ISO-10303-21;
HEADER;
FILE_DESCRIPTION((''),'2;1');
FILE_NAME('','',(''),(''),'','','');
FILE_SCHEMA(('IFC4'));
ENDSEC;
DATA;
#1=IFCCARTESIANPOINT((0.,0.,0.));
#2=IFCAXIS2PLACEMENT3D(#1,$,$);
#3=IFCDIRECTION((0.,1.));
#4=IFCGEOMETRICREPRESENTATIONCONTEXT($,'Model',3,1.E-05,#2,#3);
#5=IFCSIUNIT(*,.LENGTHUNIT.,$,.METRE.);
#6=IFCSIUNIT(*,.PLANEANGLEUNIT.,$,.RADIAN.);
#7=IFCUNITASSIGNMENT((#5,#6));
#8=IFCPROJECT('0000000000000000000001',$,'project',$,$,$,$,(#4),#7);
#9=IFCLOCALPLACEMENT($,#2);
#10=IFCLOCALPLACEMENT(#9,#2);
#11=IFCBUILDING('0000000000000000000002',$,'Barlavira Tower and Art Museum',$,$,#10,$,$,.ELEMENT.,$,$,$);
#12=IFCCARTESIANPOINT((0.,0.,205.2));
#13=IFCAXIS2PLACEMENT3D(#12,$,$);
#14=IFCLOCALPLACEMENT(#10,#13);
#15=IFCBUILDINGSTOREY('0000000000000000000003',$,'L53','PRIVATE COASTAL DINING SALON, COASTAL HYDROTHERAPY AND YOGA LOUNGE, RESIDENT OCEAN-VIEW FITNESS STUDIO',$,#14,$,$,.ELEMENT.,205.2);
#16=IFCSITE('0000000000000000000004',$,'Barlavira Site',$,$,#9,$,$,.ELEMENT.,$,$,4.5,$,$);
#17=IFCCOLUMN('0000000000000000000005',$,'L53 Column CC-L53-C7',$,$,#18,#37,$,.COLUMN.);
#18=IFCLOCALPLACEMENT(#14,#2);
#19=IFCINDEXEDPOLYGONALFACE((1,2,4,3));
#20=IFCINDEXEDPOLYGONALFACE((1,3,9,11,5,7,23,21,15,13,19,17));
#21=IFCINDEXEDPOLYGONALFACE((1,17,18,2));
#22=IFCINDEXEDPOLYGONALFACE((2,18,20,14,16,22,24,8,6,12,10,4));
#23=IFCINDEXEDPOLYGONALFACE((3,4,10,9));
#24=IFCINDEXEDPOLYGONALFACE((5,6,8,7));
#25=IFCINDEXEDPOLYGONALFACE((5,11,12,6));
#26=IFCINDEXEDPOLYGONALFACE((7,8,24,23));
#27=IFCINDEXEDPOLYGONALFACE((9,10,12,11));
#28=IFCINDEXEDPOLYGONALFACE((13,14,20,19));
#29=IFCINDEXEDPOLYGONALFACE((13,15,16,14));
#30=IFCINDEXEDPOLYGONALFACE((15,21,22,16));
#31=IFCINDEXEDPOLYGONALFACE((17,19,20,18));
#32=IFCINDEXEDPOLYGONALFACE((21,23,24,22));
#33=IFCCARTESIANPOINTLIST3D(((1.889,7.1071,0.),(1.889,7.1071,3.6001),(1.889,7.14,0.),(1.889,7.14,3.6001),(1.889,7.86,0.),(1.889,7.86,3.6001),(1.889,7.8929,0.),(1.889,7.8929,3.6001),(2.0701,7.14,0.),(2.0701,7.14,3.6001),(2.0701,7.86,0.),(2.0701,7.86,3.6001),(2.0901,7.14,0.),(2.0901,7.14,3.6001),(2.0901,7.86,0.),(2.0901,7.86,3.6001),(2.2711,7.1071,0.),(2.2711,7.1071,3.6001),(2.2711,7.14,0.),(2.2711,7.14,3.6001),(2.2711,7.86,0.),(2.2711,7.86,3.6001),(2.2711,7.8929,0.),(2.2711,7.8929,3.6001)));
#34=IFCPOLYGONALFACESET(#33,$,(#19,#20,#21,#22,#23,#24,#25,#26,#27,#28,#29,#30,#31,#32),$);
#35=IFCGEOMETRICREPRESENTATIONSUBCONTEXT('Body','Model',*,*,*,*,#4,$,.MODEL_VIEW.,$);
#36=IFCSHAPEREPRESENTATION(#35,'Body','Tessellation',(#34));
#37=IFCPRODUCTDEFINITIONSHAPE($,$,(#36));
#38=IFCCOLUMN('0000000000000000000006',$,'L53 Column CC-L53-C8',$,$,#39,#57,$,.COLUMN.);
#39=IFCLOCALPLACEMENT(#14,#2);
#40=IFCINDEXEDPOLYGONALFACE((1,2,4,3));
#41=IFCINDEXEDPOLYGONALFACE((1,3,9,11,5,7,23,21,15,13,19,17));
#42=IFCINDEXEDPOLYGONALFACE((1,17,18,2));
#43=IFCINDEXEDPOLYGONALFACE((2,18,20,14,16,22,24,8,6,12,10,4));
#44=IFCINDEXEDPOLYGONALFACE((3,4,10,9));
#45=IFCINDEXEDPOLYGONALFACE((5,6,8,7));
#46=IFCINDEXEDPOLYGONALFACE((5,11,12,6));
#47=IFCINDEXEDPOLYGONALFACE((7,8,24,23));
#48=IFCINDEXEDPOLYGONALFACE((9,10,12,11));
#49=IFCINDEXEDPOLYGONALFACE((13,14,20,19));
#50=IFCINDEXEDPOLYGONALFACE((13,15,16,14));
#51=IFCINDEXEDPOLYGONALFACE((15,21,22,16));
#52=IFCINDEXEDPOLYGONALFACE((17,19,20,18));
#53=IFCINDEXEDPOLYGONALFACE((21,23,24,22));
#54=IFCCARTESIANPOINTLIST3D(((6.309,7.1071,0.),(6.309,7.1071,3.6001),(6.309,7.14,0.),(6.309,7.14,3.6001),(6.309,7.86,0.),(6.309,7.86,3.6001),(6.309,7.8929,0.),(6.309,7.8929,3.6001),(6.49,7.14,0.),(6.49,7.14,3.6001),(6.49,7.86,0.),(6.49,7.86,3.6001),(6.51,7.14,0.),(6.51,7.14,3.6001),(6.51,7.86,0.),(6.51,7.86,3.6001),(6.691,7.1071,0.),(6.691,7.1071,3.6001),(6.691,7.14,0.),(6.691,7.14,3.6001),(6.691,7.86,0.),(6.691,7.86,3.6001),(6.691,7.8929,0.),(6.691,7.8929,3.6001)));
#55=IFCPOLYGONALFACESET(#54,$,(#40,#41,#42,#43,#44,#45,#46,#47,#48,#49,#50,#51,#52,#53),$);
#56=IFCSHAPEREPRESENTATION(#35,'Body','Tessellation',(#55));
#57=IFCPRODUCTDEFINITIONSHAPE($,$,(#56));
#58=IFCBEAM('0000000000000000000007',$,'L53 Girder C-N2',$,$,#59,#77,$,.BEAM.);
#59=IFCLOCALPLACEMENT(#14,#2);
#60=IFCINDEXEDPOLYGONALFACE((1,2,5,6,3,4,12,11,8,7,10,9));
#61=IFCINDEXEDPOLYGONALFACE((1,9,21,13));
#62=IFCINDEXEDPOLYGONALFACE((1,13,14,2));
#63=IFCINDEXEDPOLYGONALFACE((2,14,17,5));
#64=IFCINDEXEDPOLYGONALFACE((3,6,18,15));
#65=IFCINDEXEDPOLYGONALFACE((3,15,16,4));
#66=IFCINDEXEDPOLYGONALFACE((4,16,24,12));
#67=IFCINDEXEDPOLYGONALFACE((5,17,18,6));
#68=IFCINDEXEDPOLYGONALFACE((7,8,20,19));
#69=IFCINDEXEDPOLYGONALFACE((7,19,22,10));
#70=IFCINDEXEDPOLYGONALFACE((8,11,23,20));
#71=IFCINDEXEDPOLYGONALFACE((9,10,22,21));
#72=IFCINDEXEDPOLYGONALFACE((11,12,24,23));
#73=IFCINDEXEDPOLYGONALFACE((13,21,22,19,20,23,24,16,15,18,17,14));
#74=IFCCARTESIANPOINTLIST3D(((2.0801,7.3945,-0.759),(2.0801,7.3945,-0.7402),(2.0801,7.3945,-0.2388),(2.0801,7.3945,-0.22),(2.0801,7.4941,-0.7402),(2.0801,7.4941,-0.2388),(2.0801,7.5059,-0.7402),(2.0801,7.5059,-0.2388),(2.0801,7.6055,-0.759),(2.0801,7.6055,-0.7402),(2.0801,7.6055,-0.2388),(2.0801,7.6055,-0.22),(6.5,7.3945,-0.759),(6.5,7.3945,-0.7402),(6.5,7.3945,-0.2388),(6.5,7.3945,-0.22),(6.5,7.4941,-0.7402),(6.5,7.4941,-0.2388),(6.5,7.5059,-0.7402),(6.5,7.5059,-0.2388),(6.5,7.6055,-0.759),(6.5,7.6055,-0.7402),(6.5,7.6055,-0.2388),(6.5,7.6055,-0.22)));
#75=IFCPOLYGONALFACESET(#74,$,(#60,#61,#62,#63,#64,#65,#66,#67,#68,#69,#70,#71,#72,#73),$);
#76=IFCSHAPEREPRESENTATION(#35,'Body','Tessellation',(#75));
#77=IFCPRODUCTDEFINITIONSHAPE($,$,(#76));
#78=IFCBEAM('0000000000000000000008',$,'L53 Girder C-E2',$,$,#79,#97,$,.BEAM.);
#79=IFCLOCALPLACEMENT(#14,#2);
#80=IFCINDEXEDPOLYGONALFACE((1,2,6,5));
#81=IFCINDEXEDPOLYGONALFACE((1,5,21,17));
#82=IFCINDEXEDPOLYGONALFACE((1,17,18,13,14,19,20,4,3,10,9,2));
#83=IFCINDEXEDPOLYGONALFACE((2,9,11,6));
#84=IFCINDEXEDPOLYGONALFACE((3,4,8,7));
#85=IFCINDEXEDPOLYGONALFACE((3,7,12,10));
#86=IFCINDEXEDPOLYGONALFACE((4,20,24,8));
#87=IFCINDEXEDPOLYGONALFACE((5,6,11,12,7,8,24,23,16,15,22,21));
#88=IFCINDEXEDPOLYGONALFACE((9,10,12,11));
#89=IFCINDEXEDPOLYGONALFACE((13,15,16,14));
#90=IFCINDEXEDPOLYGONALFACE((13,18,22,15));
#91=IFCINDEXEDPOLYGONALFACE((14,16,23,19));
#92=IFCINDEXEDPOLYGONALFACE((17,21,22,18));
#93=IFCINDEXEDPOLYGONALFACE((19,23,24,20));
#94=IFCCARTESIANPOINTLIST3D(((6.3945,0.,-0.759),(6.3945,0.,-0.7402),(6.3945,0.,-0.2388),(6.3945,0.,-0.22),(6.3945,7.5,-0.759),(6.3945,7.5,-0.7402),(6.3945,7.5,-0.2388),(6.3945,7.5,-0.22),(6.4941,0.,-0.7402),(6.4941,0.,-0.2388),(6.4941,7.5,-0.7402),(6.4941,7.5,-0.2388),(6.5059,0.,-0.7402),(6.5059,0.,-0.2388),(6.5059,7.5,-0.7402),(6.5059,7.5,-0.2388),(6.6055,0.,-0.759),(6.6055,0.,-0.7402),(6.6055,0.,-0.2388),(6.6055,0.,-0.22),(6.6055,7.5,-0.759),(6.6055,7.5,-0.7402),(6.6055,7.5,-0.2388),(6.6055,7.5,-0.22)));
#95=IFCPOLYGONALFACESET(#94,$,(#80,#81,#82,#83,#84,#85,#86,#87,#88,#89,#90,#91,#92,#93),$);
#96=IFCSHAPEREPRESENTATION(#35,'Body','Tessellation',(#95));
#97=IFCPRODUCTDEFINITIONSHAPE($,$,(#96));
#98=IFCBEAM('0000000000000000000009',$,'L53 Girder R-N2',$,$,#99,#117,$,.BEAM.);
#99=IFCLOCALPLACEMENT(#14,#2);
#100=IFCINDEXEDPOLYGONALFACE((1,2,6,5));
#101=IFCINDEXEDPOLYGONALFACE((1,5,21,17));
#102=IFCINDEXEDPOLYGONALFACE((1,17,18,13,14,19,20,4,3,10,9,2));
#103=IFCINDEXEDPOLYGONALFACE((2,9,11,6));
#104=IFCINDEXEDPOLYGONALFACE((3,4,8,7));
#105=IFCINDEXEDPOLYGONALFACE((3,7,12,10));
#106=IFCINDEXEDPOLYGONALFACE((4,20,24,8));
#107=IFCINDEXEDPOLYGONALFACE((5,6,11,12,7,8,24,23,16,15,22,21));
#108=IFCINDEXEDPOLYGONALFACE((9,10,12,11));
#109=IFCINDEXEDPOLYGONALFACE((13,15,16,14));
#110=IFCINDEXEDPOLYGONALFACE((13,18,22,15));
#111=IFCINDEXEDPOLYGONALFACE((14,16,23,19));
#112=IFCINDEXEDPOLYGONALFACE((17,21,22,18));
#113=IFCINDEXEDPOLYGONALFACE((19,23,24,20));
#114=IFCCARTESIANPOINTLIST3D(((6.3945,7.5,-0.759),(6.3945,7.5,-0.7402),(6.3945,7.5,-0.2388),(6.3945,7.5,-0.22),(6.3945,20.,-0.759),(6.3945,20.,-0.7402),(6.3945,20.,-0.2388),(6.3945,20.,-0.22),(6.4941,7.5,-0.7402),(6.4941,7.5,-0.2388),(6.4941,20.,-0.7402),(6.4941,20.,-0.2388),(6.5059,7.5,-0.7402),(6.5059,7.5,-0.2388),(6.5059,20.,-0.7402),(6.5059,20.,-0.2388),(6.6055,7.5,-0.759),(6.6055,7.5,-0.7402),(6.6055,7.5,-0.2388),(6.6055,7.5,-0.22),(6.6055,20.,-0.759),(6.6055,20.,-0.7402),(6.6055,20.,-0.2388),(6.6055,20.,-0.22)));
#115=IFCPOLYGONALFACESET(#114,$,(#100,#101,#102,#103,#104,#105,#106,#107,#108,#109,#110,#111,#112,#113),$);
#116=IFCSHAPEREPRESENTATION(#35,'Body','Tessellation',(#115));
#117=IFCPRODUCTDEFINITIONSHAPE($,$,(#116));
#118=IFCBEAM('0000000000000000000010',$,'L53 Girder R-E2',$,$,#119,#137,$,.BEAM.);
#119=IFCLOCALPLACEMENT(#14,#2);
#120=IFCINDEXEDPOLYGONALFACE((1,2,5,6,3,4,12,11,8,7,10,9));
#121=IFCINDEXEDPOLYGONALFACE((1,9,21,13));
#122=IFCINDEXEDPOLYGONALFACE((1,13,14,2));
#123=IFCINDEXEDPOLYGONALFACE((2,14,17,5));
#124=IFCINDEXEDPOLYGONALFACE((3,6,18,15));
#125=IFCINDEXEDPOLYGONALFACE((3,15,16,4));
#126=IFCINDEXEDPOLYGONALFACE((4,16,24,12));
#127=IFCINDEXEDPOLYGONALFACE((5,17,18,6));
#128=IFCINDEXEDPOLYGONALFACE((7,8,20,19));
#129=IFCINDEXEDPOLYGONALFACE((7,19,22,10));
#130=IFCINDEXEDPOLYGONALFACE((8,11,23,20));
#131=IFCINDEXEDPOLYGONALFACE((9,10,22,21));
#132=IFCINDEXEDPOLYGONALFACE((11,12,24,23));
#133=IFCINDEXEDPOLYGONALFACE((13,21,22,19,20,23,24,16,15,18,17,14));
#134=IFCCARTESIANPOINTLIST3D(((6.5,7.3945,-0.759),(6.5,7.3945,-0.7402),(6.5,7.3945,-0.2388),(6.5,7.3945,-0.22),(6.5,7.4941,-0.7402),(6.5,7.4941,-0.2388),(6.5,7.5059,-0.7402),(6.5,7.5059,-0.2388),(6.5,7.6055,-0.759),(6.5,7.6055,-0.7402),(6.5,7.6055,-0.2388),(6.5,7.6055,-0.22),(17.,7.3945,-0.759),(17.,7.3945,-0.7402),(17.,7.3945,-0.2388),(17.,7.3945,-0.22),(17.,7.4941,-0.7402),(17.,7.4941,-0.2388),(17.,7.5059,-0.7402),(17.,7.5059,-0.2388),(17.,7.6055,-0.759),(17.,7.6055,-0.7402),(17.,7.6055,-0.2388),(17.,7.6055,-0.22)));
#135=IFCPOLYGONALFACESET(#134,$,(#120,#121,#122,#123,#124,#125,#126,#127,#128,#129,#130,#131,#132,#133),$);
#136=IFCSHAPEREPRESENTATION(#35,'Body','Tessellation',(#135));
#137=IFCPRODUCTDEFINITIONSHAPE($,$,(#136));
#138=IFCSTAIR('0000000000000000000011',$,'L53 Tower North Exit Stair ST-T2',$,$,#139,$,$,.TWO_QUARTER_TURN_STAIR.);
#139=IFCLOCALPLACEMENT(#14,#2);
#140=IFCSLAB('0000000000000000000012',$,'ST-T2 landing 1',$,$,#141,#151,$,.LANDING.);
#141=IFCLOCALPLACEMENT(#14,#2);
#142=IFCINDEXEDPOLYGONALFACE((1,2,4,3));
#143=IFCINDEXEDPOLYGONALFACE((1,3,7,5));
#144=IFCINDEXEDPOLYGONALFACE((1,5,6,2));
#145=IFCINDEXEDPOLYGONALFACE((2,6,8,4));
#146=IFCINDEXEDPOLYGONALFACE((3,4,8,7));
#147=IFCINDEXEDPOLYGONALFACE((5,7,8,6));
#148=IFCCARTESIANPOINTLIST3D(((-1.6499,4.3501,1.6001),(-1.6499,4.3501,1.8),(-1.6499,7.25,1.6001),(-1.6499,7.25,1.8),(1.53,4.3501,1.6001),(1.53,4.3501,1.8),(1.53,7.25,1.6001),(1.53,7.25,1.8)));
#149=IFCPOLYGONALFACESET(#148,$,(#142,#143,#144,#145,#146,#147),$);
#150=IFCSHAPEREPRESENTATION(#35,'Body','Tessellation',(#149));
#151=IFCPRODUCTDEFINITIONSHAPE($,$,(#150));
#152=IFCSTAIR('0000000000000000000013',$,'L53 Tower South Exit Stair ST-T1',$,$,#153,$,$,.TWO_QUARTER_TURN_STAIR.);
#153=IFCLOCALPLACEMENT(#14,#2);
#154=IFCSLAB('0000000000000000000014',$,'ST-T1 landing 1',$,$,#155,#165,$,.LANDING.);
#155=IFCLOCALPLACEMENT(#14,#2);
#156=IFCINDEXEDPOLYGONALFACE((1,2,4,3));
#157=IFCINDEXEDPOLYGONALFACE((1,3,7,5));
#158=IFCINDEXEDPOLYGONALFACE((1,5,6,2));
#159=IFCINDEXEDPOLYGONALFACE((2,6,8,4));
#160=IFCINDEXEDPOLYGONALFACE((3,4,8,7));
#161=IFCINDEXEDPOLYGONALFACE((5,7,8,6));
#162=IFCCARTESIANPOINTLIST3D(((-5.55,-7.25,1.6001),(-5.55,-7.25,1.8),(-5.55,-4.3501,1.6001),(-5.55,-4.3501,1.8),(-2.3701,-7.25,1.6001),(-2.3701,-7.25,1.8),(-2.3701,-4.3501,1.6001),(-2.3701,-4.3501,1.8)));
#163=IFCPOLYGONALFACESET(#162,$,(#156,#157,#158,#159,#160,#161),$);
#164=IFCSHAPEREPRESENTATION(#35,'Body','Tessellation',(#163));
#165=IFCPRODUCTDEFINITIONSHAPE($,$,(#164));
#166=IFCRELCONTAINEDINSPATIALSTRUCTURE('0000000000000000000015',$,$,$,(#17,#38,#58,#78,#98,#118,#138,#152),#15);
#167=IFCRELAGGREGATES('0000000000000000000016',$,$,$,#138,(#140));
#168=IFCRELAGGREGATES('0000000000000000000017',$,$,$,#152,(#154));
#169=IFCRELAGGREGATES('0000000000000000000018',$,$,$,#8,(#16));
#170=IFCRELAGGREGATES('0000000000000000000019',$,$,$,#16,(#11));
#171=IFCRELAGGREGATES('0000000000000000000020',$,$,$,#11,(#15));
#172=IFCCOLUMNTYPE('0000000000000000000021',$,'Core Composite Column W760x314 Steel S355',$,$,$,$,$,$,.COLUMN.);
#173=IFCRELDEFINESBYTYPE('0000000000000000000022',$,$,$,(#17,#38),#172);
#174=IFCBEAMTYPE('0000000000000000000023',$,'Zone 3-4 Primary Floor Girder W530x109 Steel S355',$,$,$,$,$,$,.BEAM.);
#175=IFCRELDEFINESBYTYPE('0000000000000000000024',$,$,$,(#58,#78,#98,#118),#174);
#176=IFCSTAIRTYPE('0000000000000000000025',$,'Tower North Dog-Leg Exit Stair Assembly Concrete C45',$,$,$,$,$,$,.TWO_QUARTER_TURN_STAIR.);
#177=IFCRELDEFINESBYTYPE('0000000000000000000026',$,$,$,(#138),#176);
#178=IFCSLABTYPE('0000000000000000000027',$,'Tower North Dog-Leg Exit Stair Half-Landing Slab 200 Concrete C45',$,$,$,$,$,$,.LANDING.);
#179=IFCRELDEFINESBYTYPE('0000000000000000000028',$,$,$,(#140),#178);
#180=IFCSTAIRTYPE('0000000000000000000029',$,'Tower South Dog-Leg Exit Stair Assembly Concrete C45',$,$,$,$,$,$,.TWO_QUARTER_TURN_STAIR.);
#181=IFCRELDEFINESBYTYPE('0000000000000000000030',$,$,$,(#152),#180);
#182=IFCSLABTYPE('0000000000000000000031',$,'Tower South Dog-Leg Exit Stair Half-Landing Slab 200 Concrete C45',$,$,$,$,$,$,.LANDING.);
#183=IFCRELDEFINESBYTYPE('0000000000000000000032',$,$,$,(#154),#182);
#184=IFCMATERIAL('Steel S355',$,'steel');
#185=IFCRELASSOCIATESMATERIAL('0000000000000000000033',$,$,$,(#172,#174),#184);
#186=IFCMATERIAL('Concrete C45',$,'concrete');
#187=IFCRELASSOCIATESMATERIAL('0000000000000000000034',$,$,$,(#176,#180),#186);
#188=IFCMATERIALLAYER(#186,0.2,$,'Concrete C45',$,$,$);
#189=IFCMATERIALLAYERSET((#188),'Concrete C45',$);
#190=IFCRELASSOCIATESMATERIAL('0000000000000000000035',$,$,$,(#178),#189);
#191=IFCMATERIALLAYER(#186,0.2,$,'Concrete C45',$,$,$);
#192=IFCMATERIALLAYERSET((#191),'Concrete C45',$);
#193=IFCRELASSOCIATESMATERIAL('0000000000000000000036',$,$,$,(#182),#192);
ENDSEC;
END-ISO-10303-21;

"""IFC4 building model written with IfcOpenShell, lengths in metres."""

from ifc_helpers import new_model, si_unit, direction, frame, origin, origin_2d, place, context, subcontext, project, spatial, polyline, i_section, outline, extrude, material, layer, layer_set, material_profile, profile_set, type_object, element, aggregate, save


model = new_model("IFC4")

# Units and contexts
model_context = context("Model", 3, precision=1e-05, world=origin(), true_north=direction((0.0, 1.0)))
body_context = subcontext(model_context, "Body", "Model", "MODEL_VIEW")
ifc_project = project(units=[si_unit("LENGTHUNIT", "METRE"), si_unit("PLANEANGLEUNIT", "RADIAN")], contexts=[model_context])

# Site, building, storey
site_placement = place(None, origin())
site = spatial("IfcSite", under=ifc_project, at=site_placement, Name="Barlavira Site", CompositionType="ELEMENT", RefElevation=4.5)
building_placement = place(site_placement, origin())
building = spatial("IfcBuilding", under=site, at=building_placement, Name="Barlavira Tower and Art Museum", CompositionType="ELEMENT")
storey_placement = place(building_placement, frame((0.0, 0.0, 205.2)))
storey = spatial("IfcBuildingStorey", under=building, at=storey_placement, Name="L53", Description="PRIVATE COASTAL DINING SALON, COASTAL HYDROTHERAPY AND YOGA LOUNGE, RESIDENT OCEAN-VIEW FITNESS STUDIO", CompositionType="ELEMENT", Elevation=205.2)

# Columns
ifc_material_1 = material(Name="Steel S355", Category="steel")
ifc_material_profile_1 = material_profile(ifc_material_1, i_section(OverallWidth=0.3821, OverallDepth=0.7859, WebThickness=0.02, FlangeThickness=0.033, at=origin_2d()), Name="W760x314.0")
ifc_profile_set_1 = profile_set([ifc_material_profile_1], Name="Steel S355")
column_type = type_object("IfcColumnType", Name="Core Composite Column W760x314 Steel S355", PredefinedType="COLUMN", material=ifc_profile_set_1)
for number, where, z_axis, x_axis, name in (
    (1, (2.0801, 7.5, 0.0), (0.0, 0.0, 1.0), (1.0, 0.0, 0.0), "L53 Column CC-L53-C7"),
    (2, (6.5, 7.5, 0.0), (0.0, 0.0, 1.0), (1.0, 0.0, 0.0), "L53 Column CC-L53-C8"),
):
    element("IfcColumn", number, at=place(storey_placement, frame(where, z_axis=z_axis, x_axis=x_axis)), inside=storey, type_object=column_type, Name=name, PredefinedType="COLUMN", context=body_context, shape_type="SweptSolid", body=[
        extrude(i_section(OverallWidth=0.3821, OverallDepth=0.7859, WebThickness=0.02, FlangeThickness=0.033, at=origin_2d()), origin(), (0.0, 0.0, 1.0), 3.6001),
    ])

# Beams
ifc_material_profile_2 = material_profile(ifc_material_1, i_section(OverallWidth=0.2109, OverallDepth=0.5391, WebThickness=0.0117, FlangeThickness=0.0188, at=origin_2d()), Name="W530x109.0")
ifc_profile_set_2 = profile_set([ifc_material_profile_2], Name="Steel S355")
beam_type = type_object("IfcBeamType", Name="Zone 3-4 Primary Floor Girder W530x109 Steel S355", PredefinedType="BEAM", material=ifc_profile_set_2)
beam_1_placement = place(storey_placement, frame((2.0801, 7.5, -0.4895), z_axis=(1.0, 0.0, 0.0), x_axis=(0.0, 1.0, 0.0)))
element("IfcBeam", 3, at=beam_1_placement, inside=storey, type_object=beam_type, Name="L53 Girder C-N2", PredefinedType="BEAM", context=body_context, shape_type="SweptSolid", body=[
    extrude(i_section(OverallWidth=0.2109, OverallDepth=0.5391, WebThickness=0.0117, FlangeThickness=0.0188, at=origin_2d()), origin(), (0.0, 0.0, 1.0), 4.4199),
])
beam_2_placement = place(storey_placement, frame((6.5, 0.0, -0.4895), z_axis=(0.0, 1.0, 0.0), x_axis=(-1.0, 0.0, 0.0)))
element("IfcBeam", 4, at=beam_2_placement, inside=storey, type_object=beam_type, Name="L53 Girder C-E2", PredefinedType="BEAM", context=body_context, shape_type="SweptSolid", body=[
    extrude(i_section(OverallWidth=0.2109, OverallDepth=0.5391, WebThickness=0.0117, FlangeThickness=0.0188, at=origin_2d()), origin(), (0.0, 0.0, 1.0), 7.5),
])
beam_3_placement = place(storey_placement, frame((6.5, 7.5, -0.4895), z_axis=(0.0, 1.0, 0.0), x_axis=(-1.0, 0.0, 0.0)))
element("IfcBeam", 5, at=beam_3_placement, inside=storey, type_object=beam_type, Name="L53 Girder R-N2", PredefinedType="BEAM", context=body_context, shape_type="SweptSolid", body=[
    extrude(i_section(OverallWidth=0.2109, OverallDepth=0.5391, WebThickness=0.0117, FlangeThickness=0.0188, at=origin_2d()), origin(), (0.0, 0.0, 1.0), 12.5),
])
beam_4_placement = place(storey_placement, frame((6.5, 7.5, -0.4895), z_axis=(1.0, 0.0, 0.0), x_axis=(0.0, 1.0, 0.0)))
element("IfcBeam", 6, at=beam_4_placement, inside=storey, type_object=beam_type, Name="L53 Girder R-E2", PredefinedType="BEAM", context=body_context, shape_type="SweptSolid", body=[
    extrude(i_section(OverallWidth=0.2109, OverallDepth=0.5391, WebThickness=0.0117, FlangeThickness=0.0188, at=origin_2d()), origin(), (0.0, 0.0, 1.0), 10.5),
])

# Stairs, slabs
ifc_material_2 = material(Name="Concrete C45", Category="concrete")
stair_type_1 = type_object("IfcStairType", Name="Tower North Dog-Leg Exit Stair Assembly Concrete C45", PredefinedType="TWO_QUARTER_TURN_STAIR", material=ifc_material_2)
stair_1_placement = place(storey_placement, origin())
stair_1 = element("IfcStair", 7, at=stair_1_placement, inside=storey, type_object=stair_type_1, Name="L53 Tower North Exit Stair ST-T2", PredefinedType="TWO_QUARTER_TURN_STAIR")
ifc_layer_1 = layer(ifc_material_2, 0.2, Name="Concrete C45")
ifc_layer_set_1 = layer_set([ifc_layer_1], Name="Concrete C45")
slab_type_1 = type_object("IfcSlabType", Name="Tower North Dog-Leg Exit Stair Half-Landing Slab 200 Concrete C45", PredefinedType="LANDING", material=ifc_layer_set_1)
slab_1_placement = place(storey_placement, frame((0.0, 0.0, 1.6001)))
slab_1 = element("IfcSlab", 8, at=slab_1_placement, type_object=slab_type_1, Name="ST-T2 landing 1", PredefinedType="LANDING", context=body_context, shape_type="SweptSolid", body=[
    extrude(outline(polyline([(-1.6499, 4.3501), (1.53, 4.3501), (1.53, 7.25), (-1.6499, 7.25), (-1.6499, 4.3501)])), origin(), (0.0, 0.0, 1.0), 0.2),
])
aggregate(stair_1, [slab_1])
stair_type_2 = type_object("IfcStairType", Name="Tower South Dog-Leg Exit Stair Assembly Concrete C45", PredefinedType="TWO_QUARTER_TURN_STAIR", material=ifc_material_2)
stair_2_placement = place(storey_placement, origin())
stair_2 = element("IfcStair", 9, at=stair_2_placement, inside=storey, type_object=stair_type_2, Name="L53 Tower South Exit Stair ST-T1", PredefinedType="TWO_QUARTER_TURN_STAIR")
ifc_layer_2 = layer(ifc_material_2, 0.2, Name="Concrete C45")
ifc_layer_set_2 = layer_set([ifc_layer_2], Name="Concrete C45")
slab_type_2 = type_object("IfcSlabType", Name="Tower South Dog-Leg Exit Stair Half-Landing Slab 200 Concrete C45", PredefinedType="LANDING", material=ifc_layer_set_2)
slab_2_placement = place(storey_placement, frame((0.0, 0.0, 1.6001)))
slab_2 = element("IfcSlab", 10, at=slab_2_placement, type_object=slab_type_2, Name="ST-T1 landing 1", PredefinedType="LANDING", context=body_context, shape_type="SweptSolid", body=[
    extrude(outline(polyline([(-2.3701, -4.3501), (-5.55, -4.3501), (-5.55, -7.25), (-2.3701, -7.25), (-2.3701, -4.3501)])), origin(), (0.0, 0.0, 1.0), 0.2),
])
aggregate(stair_2, [slab_2])

save(model, "model.ifc")
